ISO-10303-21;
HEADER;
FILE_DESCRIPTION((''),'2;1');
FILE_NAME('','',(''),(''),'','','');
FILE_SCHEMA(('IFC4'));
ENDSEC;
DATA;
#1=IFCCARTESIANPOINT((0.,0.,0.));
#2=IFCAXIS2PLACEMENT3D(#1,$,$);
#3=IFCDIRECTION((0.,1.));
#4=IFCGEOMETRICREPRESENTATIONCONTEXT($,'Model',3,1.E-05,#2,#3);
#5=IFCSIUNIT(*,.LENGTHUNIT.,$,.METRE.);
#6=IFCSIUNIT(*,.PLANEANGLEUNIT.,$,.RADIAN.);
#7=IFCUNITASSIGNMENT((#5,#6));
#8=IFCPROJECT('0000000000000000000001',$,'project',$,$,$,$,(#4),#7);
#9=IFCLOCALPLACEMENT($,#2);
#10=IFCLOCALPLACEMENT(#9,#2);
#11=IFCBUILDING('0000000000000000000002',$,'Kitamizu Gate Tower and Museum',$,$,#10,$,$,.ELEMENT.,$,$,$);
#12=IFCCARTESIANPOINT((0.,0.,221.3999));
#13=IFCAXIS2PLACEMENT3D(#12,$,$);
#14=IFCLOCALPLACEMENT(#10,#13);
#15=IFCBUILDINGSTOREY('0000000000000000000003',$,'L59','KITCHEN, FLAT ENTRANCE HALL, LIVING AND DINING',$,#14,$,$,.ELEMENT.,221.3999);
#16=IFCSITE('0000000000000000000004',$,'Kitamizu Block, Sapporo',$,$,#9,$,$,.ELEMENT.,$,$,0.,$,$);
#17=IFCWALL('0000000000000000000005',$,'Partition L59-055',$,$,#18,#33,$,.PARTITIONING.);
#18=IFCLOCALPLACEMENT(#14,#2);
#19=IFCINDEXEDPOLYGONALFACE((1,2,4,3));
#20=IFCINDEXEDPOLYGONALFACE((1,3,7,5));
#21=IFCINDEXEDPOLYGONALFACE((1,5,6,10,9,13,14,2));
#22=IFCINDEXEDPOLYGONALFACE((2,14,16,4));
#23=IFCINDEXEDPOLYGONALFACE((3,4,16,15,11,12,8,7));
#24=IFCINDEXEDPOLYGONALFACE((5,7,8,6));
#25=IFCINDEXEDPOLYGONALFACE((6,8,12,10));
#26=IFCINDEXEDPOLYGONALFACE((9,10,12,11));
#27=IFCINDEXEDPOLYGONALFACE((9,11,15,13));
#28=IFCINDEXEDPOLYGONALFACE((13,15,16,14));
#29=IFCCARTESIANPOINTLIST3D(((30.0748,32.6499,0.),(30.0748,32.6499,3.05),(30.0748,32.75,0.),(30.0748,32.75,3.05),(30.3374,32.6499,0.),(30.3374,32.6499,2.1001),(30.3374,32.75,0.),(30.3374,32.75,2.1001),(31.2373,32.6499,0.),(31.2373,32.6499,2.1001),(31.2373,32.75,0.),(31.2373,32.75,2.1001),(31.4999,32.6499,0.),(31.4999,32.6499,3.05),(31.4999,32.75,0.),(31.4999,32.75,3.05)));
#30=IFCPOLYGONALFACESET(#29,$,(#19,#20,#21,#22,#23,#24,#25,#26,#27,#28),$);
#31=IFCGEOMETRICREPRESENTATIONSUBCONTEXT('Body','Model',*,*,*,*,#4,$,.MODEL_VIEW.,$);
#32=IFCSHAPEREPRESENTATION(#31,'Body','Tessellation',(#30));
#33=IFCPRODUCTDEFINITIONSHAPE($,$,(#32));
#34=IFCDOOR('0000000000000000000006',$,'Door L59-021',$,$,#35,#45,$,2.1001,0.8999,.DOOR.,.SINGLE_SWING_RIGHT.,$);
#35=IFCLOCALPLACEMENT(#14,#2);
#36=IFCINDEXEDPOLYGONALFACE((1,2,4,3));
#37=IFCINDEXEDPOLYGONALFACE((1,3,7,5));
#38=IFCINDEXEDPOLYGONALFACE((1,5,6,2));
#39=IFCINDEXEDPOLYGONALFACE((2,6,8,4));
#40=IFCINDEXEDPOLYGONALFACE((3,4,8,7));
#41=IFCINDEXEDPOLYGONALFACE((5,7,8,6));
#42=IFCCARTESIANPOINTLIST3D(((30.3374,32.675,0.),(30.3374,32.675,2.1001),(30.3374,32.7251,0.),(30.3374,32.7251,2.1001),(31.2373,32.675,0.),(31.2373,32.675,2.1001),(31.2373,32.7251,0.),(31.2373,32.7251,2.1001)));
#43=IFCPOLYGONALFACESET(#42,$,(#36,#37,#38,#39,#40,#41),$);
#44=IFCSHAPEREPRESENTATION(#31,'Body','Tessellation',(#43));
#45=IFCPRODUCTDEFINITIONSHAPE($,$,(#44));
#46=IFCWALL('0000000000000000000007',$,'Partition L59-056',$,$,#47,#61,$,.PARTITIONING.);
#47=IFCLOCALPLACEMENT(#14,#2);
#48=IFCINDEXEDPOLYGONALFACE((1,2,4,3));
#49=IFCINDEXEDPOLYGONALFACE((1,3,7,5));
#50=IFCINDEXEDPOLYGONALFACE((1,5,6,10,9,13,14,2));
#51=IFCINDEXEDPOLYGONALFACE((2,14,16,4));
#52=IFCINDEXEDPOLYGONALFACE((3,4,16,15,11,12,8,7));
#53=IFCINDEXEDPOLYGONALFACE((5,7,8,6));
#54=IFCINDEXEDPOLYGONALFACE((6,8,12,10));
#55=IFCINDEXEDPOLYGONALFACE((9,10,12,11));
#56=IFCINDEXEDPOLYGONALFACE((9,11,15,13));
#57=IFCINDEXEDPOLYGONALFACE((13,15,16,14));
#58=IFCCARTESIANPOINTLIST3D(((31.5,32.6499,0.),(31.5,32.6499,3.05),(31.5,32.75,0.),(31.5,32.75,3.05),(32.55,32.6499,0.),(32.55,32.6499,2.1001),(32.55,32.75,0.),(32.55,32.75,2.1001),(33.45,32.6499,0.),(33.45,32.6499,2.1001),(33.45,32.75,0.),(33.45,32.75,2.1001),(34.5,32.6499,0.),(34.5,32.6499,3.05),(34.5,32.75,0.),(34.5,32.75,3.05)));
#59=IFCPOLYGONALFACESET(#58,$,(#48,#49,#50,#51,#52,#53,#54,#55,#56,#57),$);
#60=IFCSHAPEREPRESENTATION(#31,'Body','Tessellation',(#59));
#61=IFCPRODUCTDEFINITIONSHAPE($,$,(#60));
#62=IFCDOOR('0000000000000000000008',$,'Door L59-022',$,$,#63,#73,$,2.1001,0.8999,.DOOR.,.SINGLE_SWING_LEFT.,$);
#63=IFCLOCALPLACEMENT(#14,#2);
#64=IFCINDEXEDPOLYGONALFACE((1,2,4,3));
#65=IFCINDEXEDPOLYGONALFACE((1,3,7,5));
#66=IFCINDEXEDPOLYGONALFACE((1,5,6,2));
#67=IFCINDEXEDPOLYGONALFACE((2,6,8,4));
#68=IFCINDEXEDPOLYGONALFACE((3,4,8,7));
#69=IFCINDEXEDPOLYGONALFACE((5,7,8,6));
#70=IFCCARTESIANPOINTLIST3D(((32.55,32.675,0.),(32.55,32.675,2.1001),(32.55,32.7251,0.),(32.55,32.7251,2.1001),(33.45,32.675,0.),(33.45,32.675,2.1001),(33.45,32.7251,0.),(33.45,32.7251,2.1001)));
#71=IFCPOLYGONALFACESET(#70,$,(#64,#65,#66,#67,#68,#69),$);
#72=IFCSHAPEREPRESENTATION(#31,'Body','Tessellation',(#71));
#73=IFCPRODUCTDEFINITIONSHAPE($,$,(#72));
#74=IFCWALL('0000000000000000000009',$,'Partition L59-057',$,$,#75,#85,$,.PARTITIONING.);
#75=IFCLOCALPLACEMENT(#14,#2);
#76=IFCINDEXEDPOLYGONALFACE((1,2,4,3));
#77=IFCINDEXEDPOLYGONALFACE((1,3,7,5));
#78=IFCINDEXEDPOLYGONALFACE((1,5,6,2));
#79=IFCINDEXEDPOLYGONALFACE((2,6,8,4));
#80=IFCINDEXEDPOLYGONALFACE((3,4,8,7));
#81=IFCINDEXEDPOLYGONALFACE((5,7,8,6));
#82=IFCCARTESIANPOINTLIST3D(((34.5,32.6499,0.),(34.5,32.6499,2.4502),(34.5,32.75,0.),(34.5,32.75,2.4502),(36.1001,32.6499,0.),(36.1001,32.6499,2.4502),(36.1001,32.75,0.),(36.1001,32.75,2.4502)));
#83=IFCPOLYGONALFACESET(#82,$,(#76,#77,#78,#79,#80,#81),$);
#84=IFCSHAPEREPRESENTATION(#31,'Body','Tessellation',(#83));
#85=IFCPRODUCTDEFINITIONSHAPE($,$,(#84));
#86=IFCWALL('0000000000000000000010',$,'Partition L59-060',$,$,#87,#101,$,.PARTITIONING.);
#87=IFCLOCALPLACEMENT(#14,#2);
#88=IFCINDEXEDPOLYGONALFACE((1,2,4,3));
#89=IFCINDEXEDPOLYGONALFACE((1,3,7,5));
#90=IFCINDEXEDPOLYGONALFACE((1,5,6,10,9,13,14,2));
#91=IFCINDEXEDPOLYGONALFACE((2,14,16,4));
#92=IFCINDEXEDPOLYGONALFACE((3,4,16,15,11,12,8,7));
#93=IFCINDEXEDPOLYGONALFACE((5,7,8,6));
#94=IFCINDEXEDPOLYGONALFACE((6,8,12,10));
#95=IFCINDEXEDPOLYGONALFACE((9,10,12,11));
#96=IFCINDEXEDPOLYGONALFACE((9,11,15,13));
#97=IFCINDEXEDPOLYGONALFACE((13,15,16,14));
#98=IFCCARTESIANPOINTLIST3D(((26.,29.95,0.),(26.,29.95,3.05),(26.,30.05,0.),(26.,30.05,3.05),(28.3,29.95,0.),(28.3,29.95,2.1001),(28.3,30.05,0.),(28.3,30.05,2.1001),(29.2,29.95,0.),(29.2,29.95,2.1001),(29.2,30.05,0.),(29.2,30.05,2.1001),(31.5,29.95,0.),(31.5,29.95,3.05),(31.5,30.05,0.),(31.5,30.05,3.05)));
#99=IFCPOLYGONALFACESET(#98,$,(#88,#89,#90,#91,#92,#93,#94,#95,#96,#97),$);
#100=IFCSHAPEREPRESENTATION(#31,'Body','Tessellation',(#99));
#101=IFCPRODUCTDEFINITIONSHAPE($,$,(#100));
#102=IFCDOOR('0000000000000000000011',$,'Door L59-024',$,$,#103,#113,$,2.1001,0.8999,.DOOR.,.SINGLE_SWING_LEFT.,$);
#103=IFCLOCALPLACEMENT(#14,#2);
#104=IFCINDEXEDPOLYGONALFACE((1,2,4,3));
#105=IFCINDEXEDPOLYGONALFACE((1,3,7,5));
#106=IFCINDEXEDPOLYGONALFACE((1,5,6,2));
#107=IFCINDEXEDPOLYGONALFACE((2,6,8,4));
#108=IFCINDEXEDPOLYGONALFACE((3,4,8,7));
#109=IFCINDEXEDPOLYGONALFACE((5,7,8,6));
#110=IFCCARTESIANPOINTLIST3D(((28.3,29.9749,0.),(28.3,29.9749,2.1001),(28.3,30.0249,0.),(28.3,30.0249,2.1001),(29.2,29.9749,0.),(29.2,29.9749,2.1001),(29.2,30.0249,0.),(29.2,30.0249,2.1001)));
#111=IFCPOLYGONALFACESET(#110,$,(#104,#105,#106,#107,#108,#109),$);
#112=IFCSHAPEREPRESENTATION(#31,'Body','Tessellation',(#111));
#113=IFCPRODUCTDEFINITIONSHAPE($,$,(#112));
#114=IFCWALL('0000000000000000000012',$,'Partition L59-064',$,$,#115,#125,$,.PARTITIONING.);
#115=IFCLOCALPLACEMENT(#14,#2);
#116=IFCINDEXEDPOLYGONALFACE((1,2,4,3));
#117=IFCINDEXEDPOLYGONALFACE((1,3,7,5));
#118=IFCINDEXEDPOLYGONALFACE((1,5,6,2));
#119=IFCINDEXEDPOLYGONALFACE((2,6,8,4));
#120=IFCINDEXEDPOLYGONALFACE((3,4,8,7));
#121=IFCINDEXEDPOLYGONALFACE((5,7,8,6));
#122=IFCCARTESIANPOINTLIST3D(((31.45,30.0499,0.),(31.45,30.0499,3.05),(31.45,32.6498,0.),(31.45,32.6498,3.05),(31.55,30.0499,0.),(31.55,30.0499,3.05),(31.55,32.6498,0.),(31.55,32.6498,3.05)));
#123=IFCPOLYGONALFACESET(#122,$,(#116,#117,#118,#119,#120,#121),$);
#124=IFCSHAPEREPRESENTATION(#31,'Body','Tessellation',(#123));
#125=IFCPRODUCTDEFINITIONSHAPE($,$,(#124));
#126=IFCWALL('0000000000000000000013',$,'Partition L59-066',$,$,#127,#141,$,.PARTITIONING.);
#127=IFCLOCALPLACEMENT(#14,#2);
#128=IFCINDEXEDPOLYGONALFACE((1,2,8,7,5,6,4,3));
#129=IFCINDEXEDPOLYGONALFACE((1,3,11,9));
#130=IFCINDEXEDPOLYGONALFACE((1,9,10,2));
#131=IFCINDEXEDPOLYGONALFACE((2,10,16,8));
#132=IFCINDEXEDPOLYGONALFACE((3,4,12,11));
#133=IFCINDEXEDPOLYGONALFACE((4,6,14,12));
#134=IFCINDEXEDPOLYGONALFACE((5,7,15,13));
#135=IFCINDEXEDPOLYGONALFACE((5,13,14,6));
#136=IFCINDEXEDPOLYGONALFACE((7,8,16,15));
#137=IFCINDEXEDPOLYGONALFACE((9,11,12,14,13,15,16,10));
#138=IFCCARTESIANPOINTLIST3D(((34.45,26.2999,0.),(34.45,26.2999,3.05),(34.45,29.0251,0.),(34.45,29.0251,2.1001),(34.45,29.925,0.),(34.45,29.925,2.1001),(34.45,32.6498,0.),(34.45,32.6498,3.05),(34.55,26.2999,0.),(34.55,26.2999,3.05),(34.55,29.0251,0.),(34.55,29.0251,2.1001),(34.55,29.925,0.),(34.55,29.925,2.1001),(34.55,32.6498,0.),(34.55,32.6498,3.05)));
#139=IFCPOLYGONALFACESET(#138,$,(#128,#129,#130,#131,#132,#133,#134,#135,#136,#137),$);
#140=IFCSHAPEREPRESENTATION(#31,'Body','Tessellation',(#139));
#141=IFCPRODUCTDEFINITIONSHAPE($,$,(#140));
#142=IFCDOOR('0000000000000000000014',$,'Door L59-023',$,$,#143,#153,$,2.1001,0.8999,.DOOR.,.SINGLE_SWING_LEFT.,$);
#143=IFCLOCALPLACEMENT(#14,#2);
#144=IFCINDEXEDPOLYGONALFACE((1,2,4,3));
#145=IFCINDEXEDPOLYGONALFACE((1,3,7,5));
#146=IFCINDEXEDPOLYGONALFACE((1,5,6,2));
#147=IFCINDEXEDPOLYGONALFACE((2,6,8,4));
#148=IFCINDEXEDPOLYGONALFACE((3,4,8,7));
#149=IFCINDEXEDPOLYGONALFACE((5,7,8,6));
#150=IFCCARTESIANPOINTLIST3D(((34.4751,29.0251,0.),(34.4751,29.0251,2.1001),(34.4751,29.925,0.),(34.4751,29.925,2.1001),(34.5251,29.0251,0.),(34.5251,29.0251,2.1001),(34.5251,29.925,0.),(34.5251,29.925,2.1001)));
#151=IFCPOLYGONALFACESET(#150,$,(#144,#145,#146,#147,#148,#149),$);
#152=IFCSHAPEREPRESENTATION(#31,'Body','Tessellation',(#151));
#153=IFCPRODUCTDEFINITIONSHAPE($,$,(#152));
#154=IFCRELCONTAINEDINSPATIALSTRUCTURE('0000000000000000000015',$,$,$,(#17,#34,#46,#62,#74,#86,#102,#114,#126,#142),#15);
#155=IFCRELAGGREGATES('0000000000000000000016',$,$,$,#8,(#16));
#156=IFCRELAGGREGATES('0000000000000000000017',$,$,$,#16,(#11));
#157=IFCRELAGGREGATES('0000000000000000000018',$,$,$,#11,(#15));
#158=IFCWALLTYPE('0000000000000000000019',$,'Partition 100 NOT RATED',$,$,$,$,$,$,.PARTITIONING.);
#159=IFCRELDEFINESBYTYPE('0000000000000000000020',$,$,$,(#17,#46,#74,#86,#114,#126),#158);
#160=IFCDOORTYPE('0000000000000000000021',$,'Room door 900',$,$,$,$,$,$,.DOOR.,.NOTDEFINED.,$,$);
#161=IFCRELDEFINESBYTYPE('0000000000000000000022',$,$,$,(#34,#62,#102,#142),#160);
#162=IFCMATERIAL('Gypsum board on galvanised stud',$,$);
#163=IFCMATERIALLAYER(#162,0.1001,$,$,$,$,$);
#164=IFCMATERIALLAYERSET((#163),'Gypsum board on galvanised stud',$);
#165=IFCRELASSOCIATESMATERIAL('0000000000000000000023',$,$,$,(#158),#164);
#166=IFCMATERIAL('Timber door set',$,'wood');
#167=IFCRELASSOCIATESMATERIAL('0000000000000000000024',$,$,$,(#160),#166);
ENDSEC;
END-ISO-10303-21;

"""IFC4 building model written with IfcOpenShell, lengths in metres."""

from ifc_helpers import new_model, si_unit, direction, frame, frame_2d, origin, place, context, subcontext, project, spatial, rectangle, extrude, material, layer, layer_set, type_object, element, fill, save


model = new_model("IFC4")

# Units and contexts
model_context = context("Model", 3, precision=1e-05, world=origin(), true_north=direction((0.0, 1.0)))
body_context = subcontext(model_context, "Body", "Model", "MODEL_VIEW")
ifc_project = project(units=[si_unit("LENGTHUNIT", "METRE"), si_unit("PLANEANGLEUNIT", "RADIAN")], contexts=[model_context])

# Site, building, storey
site_placement = place(None, origin())
site = spatial("IfcSite", under=ifc_project, at=site_placement, Name="Kitamizu Block, Sapporo", CompositionType="ELEMENT", RefElevation=0.0)
building_placement = place(site_placement, origin())
building = spatial("IfcBuilding", under=site, at=building_placement, Name="Kitamizu Gate Tower and Museum", CompositionType="ELEMENT")
storey_placement = place(building_placement, frame((0.0, 0.0, 221.3999)))
storey = spatial("IfcBuildingStorey", under=building, at=storey_placement, Name="L59", Description="KITCHEN, FLAT ENTRANCE HALL, LIVING AND DINING", CompositionType="ELEMENT", Elevation=221.3999)

# Walls, openings, doors
ifc_material_1 = material(Name="Gypsum board on galvanised stud")
ifc_layer_1 = layer(ifc_material_1, 0.1001)
ifc_layer_set_1 = layer_set([ifc_layer_1], Name="Gypsum board on galvanised stud")
wall_type_1 = type_object("IfcWallType", Name="Partition 100 NOT RATED", PredefinedType="PARTITIONING", material=ifc_layer_set_1)
wall_1_placement = place(storey_placement, frame((30.075, 32.7, 0.0), z_axis=(0.0, 0.0, 1.0), x_axis=(1.0, 0.0, 0.0)))
wall_1 = element("IfcWall", 1, at=wall_1_placement, inside=storey, type_object=wall_type_1, Name="Partition L59-055", PredefinedType="PARTITIONING", context=body_context, shape_type="SweptSolid", body=[
    extrude(rectangle(XDim=1.425, YDim=0.1001, at=frame_2d((0.7124, 0.0))), origin(), (0.0, 0.0, 1.0), 3.05),
])
opening_1_placement = place(wall_1_placement, frame((0.2625, 0.0, 0.0)))
opening_1 = element("IfcOpeningElement", 2, at=opening_1_placement, cuts=wall_1, PredefinedType="OPENING", context=body_context, shape_type="SweptSolid", body=[
    extrude(rectangle(XDim=0.8999, YDim=2.1001, at=frame_2d((0.45, 1.05))), frame((0.0, 0.0601, 0.0), z_axis=(0.0, -1.0, 0.0), x_axis=(1.0, 0.0, 0.0)), (0.0, 0.0, 1.0), 0.1201),
])
ifc_material_2 = material(Name="Timber door set", Category="wood")
door_type_1 = type_object("IfcDoorType", Name="Room door 900", OperationType="NOTDEFINED", PredefinedType="DOOR", material=ifc_material_2)
door_1_placement = place(opening_1_placement, frame((0.8999, 0.0, 0.0), x_axis=(-1.0, 0.0, 0.0)))
door_1 = element("IfcDoor", 3, at=door_1_placement, inside=storey, type_object=door_type_1, Name="Door L59-021", OperationType="SINGLE_SWING_RIGHT", OverallHeight=2.1001, OverallWidth=0.8999, PredefinedType="DOOR", context=body_context, shape_type="SweptSolid", body=[
    extrude(rectangle(XDim=0.8999, YDim=2.1001, at=frame_2d((0.45, 1.05))), frame((0.0, 0.0249, 0.0), z_axis=(0.0, -1.0, 0.0), x_axis=(1.0, 0.0, 0.0)), (0.0, 0.0, 1.0), 0.05),
])
fill(opening_1, door_1)
wall_2_placement = place(storey_placement, frame((31.5, 32.7, 0.0), z_axis=(0.0, 0.0, 1.0), x_axis=(1.0, 0.0, 0.0)))
wall_2 = element("IfcWall", 4, at=wall_2_placement, inside=storey, type_object=wall_type_1, Name="Partition L59-056", PredefinedType="PARTITIONING", context=body_context, shape_type="SweptSolid", body=[
    extrude(rectangle(XDim=3.0, YDim=0.1001, at=frame_2d((1.5, 0.0))), origin(), (0.0, 0.0, 1.0), 3.05),
])
opening_2_placement = place(wall_2_placement, frame((1.05, 0.0, 0.0)))
opening_2 = element("IfcOpeningElement", 5, at=opening_2_placement, cuts=wall_2, PredefinedType="OPENING", context=body_context, shape_type="SweptSolid", body=[
    extrude(rectangle(XDim=0.8999, YDim=2.1001, at=frame_2d((0.45, 1.05))), frame((0.0, 0.0601, 0.0), z_axis=(0.0, -1.0, 0.0), x_axis=(1.0, 0.0, 0.0)), (0.0, 0.0, 1.0), 0.1201),
])
door_2_placement = place(opening_2_placement, frame((0.8999, 0.0, 0.0), x_axis=(-1.0, 0.0, 0.0)))
door_2 = element("IfcDoor", 6, at=door_2_placement, inside=storey, type_object=door_type_1, Name="Door L59-022", OperationType="SINGLE_SWING_LEFT", OverallHeight=2.1001, OverallWidth=0.8999, PredefinedType="DOOR", context=body_context, shape_type="SweptSolid", body=[
    extrude(rectangle(XDim=0.8999, YDim=2.1001, at=frame_2d((0.45, 1.05))), frame((0.0, 0.0249, 0.0), z_axis=(0.0, -1.0, 0.0), x_axis=(1.0, 0.0, 0.0)), (0.0, 0.0, 1.0), 0.05),
])
fill(opening_2, door_2)

# Wall
wall_3_placement = place(storey_placement, frame((34.5, 32.7, 0.0), z_axis=(0.0, 0.0, 1.0), x_axis=(1.0, 0.0, 0.0)))
element("IfcWall", 7, at=wall_3_placement, inside=storey, type_object=wall_type_1, Name="Partition L59-057", PredefinedType="PARTITIONING", context=body_context, shape_type="SweptSolid", body=[
    extrude(rectangle(XDim=1.6001, YDim=0.1001, at=frame_2d((0.8, 0.0))), origin(), (0.0, 0.0, 1.0), 2.4502),
])

# Wall, opening, door
wall_4_placement = place(storey_placement, frame((31.5, 30.0, 0.0), z_axis=(0.0, 0.0, 1.0), x_axis=(-1.0, 0.0, 0.0)))
wall_4 = element("IfcWall", 8, at=wall_4_placement, inside=storey, type_object=wall_type_1, Name="Partition L59-060", PredefinedType="PARTITIONING", context=body_context, shape_type="SweptSolid", body=[
    extrude(rectangle(XDim=5.5, YDim=0.1001, at=frame_2d((2.75, 0.0))), origin(), (0.0, 0.0, 1.0), 3.05),
])
opening_3_placement = place(wall_4_placement, frame((2.3, 0.0, 0.0)))
opening_3 = element("IfcOpeningElement", 9, at=opening_3_placement, cuts=wall_4, PredefinedType="OPENING", context=body_context, shape_type="SweptSolid", body=[
    extrude(rectangle(XDim=0.8999, YDim=2.1001, at=frame_2d((0.45, 1.05))), frame((0.0, 0.0601, 0.0), z_axis=(0.0, -1.0, 0.0), x_axis=(1.0, 0.0, 0.0)), (0.0, 0.0, 1.0), 0.1201),
])
door_3_placement = place(opening_3_placement, frame((0.8999, 0.0, 0.0), x_axis=(-1.0, 0.0, 0.0)))
door_3 = element("IfcDoor", 10, at=door_3_placement, inside=storey, type_object=door_type_1, Name="Door L59-024", OperationType="SINGLE_SWING_LEFT", OverallHeight=2.1001, OverallWidth=0.8999, PredefinedType="DOOR", context=body_context, shape_type="SweptSolid", body=[
    extrude(rectangle(XDim=0.8999, YDim=2.1001, at=frame_2d((0.45, 1.05))), frame((0.0, 0.0249, 0.0), z_axis=(0.0, -1.0, 0.0), x_axis=(1.0, 0.0, 0.0)), (0.0, 0.0, 1.0), 0.05),
])
fill(opening_3, door_3)

# Wall
wall_5_placement = place(storey_placement, frame((31.5, 30.05, 0.0), z_axis=(0.0, 0.0, 1.0), x_axis=(0.0, 1.0, 0.0)))
element("IfcWall", 11, at=wall_5_placement, inside=storey, type_object=wall_type_1, Name="Partition L59-064", PredefinedType="PARTITIONING", context=body_context, shape_type="SweptSolid", body=[
    extrude(rectangle(XDim=2.5999, YDim=0.1001, at=frame_2d((1.2998, 0.0))), origin(), (0.0, 0.0, 1.0), 3.05),
])

# Wall, opening, door
wall_6_placement = place(storey_placement, frame((34.5, 26.3, 0.0), z_axis=(0.0, 0.0, 1.0), x_axis=(0.0, 1.0, 0.0)))
wall_6 = element("IfcWall", 12, at=wall_6_placement, inside=storey, type_object=wall_type_1, Name="Partition L59-066", PredefinedType="PARTITIONING", context=body_context, shape_type="SweptSolid", body=[
    extrude(rectangle(XDim=6.3499, YDim=0.1001, at=frame_2d((3.1748, 0.0))), origin(), (0.0, 0.0, 1.0), 3.05),
])
opening_4_placement = place(wall_6_placement, frame((2.7251, 0.0, 0.0)))
opening_4 = element("IfcOpeningElement", 13, at=opening_4_placement, cuts=wall_6, PredefinedType="OPENING", context=body_context, shape_type="SweptSolid", body=[
    extrude(rectangle(XDim=0.8999, YDim=2.1001, at=frame_2d((0.45, 1.05))), frame((0.0, 0.0601, 0.0), z_axis=(0.0, -1.0, 0.0), x_axis=(1.0, 0.0, 0.0)), (0.0, 0.0, 1.0), 0.1201),
])
door_4_placement = place(opening_4_placement, origin())
door_4 = element("IfcDoor", 14, at=door_4_placement, inside=storey, type_object=door_type_1, Name="Door L59-023", OperationType="SINGLE_SWING_LEFT", OverallHeight=2.1001, OverallWidth=0.8999, PredefinedType="DOOR", context=body_context, shape_type="SweptSolid", body=[
    extrude(rectangle(XDim=0.8999, YDim=2.1001, at=frame_2d((0.45, 1.05))), frame((0.0, 0.0249, 0.0), z_axis=(0.0, -1.0, 0.0), x_axis=(1.0, 0.0, 0.0)), (0.0, 0.0, 1.0), 0.05),
])
fill(opening_4, door_4)

save(model, "model.ifc")
